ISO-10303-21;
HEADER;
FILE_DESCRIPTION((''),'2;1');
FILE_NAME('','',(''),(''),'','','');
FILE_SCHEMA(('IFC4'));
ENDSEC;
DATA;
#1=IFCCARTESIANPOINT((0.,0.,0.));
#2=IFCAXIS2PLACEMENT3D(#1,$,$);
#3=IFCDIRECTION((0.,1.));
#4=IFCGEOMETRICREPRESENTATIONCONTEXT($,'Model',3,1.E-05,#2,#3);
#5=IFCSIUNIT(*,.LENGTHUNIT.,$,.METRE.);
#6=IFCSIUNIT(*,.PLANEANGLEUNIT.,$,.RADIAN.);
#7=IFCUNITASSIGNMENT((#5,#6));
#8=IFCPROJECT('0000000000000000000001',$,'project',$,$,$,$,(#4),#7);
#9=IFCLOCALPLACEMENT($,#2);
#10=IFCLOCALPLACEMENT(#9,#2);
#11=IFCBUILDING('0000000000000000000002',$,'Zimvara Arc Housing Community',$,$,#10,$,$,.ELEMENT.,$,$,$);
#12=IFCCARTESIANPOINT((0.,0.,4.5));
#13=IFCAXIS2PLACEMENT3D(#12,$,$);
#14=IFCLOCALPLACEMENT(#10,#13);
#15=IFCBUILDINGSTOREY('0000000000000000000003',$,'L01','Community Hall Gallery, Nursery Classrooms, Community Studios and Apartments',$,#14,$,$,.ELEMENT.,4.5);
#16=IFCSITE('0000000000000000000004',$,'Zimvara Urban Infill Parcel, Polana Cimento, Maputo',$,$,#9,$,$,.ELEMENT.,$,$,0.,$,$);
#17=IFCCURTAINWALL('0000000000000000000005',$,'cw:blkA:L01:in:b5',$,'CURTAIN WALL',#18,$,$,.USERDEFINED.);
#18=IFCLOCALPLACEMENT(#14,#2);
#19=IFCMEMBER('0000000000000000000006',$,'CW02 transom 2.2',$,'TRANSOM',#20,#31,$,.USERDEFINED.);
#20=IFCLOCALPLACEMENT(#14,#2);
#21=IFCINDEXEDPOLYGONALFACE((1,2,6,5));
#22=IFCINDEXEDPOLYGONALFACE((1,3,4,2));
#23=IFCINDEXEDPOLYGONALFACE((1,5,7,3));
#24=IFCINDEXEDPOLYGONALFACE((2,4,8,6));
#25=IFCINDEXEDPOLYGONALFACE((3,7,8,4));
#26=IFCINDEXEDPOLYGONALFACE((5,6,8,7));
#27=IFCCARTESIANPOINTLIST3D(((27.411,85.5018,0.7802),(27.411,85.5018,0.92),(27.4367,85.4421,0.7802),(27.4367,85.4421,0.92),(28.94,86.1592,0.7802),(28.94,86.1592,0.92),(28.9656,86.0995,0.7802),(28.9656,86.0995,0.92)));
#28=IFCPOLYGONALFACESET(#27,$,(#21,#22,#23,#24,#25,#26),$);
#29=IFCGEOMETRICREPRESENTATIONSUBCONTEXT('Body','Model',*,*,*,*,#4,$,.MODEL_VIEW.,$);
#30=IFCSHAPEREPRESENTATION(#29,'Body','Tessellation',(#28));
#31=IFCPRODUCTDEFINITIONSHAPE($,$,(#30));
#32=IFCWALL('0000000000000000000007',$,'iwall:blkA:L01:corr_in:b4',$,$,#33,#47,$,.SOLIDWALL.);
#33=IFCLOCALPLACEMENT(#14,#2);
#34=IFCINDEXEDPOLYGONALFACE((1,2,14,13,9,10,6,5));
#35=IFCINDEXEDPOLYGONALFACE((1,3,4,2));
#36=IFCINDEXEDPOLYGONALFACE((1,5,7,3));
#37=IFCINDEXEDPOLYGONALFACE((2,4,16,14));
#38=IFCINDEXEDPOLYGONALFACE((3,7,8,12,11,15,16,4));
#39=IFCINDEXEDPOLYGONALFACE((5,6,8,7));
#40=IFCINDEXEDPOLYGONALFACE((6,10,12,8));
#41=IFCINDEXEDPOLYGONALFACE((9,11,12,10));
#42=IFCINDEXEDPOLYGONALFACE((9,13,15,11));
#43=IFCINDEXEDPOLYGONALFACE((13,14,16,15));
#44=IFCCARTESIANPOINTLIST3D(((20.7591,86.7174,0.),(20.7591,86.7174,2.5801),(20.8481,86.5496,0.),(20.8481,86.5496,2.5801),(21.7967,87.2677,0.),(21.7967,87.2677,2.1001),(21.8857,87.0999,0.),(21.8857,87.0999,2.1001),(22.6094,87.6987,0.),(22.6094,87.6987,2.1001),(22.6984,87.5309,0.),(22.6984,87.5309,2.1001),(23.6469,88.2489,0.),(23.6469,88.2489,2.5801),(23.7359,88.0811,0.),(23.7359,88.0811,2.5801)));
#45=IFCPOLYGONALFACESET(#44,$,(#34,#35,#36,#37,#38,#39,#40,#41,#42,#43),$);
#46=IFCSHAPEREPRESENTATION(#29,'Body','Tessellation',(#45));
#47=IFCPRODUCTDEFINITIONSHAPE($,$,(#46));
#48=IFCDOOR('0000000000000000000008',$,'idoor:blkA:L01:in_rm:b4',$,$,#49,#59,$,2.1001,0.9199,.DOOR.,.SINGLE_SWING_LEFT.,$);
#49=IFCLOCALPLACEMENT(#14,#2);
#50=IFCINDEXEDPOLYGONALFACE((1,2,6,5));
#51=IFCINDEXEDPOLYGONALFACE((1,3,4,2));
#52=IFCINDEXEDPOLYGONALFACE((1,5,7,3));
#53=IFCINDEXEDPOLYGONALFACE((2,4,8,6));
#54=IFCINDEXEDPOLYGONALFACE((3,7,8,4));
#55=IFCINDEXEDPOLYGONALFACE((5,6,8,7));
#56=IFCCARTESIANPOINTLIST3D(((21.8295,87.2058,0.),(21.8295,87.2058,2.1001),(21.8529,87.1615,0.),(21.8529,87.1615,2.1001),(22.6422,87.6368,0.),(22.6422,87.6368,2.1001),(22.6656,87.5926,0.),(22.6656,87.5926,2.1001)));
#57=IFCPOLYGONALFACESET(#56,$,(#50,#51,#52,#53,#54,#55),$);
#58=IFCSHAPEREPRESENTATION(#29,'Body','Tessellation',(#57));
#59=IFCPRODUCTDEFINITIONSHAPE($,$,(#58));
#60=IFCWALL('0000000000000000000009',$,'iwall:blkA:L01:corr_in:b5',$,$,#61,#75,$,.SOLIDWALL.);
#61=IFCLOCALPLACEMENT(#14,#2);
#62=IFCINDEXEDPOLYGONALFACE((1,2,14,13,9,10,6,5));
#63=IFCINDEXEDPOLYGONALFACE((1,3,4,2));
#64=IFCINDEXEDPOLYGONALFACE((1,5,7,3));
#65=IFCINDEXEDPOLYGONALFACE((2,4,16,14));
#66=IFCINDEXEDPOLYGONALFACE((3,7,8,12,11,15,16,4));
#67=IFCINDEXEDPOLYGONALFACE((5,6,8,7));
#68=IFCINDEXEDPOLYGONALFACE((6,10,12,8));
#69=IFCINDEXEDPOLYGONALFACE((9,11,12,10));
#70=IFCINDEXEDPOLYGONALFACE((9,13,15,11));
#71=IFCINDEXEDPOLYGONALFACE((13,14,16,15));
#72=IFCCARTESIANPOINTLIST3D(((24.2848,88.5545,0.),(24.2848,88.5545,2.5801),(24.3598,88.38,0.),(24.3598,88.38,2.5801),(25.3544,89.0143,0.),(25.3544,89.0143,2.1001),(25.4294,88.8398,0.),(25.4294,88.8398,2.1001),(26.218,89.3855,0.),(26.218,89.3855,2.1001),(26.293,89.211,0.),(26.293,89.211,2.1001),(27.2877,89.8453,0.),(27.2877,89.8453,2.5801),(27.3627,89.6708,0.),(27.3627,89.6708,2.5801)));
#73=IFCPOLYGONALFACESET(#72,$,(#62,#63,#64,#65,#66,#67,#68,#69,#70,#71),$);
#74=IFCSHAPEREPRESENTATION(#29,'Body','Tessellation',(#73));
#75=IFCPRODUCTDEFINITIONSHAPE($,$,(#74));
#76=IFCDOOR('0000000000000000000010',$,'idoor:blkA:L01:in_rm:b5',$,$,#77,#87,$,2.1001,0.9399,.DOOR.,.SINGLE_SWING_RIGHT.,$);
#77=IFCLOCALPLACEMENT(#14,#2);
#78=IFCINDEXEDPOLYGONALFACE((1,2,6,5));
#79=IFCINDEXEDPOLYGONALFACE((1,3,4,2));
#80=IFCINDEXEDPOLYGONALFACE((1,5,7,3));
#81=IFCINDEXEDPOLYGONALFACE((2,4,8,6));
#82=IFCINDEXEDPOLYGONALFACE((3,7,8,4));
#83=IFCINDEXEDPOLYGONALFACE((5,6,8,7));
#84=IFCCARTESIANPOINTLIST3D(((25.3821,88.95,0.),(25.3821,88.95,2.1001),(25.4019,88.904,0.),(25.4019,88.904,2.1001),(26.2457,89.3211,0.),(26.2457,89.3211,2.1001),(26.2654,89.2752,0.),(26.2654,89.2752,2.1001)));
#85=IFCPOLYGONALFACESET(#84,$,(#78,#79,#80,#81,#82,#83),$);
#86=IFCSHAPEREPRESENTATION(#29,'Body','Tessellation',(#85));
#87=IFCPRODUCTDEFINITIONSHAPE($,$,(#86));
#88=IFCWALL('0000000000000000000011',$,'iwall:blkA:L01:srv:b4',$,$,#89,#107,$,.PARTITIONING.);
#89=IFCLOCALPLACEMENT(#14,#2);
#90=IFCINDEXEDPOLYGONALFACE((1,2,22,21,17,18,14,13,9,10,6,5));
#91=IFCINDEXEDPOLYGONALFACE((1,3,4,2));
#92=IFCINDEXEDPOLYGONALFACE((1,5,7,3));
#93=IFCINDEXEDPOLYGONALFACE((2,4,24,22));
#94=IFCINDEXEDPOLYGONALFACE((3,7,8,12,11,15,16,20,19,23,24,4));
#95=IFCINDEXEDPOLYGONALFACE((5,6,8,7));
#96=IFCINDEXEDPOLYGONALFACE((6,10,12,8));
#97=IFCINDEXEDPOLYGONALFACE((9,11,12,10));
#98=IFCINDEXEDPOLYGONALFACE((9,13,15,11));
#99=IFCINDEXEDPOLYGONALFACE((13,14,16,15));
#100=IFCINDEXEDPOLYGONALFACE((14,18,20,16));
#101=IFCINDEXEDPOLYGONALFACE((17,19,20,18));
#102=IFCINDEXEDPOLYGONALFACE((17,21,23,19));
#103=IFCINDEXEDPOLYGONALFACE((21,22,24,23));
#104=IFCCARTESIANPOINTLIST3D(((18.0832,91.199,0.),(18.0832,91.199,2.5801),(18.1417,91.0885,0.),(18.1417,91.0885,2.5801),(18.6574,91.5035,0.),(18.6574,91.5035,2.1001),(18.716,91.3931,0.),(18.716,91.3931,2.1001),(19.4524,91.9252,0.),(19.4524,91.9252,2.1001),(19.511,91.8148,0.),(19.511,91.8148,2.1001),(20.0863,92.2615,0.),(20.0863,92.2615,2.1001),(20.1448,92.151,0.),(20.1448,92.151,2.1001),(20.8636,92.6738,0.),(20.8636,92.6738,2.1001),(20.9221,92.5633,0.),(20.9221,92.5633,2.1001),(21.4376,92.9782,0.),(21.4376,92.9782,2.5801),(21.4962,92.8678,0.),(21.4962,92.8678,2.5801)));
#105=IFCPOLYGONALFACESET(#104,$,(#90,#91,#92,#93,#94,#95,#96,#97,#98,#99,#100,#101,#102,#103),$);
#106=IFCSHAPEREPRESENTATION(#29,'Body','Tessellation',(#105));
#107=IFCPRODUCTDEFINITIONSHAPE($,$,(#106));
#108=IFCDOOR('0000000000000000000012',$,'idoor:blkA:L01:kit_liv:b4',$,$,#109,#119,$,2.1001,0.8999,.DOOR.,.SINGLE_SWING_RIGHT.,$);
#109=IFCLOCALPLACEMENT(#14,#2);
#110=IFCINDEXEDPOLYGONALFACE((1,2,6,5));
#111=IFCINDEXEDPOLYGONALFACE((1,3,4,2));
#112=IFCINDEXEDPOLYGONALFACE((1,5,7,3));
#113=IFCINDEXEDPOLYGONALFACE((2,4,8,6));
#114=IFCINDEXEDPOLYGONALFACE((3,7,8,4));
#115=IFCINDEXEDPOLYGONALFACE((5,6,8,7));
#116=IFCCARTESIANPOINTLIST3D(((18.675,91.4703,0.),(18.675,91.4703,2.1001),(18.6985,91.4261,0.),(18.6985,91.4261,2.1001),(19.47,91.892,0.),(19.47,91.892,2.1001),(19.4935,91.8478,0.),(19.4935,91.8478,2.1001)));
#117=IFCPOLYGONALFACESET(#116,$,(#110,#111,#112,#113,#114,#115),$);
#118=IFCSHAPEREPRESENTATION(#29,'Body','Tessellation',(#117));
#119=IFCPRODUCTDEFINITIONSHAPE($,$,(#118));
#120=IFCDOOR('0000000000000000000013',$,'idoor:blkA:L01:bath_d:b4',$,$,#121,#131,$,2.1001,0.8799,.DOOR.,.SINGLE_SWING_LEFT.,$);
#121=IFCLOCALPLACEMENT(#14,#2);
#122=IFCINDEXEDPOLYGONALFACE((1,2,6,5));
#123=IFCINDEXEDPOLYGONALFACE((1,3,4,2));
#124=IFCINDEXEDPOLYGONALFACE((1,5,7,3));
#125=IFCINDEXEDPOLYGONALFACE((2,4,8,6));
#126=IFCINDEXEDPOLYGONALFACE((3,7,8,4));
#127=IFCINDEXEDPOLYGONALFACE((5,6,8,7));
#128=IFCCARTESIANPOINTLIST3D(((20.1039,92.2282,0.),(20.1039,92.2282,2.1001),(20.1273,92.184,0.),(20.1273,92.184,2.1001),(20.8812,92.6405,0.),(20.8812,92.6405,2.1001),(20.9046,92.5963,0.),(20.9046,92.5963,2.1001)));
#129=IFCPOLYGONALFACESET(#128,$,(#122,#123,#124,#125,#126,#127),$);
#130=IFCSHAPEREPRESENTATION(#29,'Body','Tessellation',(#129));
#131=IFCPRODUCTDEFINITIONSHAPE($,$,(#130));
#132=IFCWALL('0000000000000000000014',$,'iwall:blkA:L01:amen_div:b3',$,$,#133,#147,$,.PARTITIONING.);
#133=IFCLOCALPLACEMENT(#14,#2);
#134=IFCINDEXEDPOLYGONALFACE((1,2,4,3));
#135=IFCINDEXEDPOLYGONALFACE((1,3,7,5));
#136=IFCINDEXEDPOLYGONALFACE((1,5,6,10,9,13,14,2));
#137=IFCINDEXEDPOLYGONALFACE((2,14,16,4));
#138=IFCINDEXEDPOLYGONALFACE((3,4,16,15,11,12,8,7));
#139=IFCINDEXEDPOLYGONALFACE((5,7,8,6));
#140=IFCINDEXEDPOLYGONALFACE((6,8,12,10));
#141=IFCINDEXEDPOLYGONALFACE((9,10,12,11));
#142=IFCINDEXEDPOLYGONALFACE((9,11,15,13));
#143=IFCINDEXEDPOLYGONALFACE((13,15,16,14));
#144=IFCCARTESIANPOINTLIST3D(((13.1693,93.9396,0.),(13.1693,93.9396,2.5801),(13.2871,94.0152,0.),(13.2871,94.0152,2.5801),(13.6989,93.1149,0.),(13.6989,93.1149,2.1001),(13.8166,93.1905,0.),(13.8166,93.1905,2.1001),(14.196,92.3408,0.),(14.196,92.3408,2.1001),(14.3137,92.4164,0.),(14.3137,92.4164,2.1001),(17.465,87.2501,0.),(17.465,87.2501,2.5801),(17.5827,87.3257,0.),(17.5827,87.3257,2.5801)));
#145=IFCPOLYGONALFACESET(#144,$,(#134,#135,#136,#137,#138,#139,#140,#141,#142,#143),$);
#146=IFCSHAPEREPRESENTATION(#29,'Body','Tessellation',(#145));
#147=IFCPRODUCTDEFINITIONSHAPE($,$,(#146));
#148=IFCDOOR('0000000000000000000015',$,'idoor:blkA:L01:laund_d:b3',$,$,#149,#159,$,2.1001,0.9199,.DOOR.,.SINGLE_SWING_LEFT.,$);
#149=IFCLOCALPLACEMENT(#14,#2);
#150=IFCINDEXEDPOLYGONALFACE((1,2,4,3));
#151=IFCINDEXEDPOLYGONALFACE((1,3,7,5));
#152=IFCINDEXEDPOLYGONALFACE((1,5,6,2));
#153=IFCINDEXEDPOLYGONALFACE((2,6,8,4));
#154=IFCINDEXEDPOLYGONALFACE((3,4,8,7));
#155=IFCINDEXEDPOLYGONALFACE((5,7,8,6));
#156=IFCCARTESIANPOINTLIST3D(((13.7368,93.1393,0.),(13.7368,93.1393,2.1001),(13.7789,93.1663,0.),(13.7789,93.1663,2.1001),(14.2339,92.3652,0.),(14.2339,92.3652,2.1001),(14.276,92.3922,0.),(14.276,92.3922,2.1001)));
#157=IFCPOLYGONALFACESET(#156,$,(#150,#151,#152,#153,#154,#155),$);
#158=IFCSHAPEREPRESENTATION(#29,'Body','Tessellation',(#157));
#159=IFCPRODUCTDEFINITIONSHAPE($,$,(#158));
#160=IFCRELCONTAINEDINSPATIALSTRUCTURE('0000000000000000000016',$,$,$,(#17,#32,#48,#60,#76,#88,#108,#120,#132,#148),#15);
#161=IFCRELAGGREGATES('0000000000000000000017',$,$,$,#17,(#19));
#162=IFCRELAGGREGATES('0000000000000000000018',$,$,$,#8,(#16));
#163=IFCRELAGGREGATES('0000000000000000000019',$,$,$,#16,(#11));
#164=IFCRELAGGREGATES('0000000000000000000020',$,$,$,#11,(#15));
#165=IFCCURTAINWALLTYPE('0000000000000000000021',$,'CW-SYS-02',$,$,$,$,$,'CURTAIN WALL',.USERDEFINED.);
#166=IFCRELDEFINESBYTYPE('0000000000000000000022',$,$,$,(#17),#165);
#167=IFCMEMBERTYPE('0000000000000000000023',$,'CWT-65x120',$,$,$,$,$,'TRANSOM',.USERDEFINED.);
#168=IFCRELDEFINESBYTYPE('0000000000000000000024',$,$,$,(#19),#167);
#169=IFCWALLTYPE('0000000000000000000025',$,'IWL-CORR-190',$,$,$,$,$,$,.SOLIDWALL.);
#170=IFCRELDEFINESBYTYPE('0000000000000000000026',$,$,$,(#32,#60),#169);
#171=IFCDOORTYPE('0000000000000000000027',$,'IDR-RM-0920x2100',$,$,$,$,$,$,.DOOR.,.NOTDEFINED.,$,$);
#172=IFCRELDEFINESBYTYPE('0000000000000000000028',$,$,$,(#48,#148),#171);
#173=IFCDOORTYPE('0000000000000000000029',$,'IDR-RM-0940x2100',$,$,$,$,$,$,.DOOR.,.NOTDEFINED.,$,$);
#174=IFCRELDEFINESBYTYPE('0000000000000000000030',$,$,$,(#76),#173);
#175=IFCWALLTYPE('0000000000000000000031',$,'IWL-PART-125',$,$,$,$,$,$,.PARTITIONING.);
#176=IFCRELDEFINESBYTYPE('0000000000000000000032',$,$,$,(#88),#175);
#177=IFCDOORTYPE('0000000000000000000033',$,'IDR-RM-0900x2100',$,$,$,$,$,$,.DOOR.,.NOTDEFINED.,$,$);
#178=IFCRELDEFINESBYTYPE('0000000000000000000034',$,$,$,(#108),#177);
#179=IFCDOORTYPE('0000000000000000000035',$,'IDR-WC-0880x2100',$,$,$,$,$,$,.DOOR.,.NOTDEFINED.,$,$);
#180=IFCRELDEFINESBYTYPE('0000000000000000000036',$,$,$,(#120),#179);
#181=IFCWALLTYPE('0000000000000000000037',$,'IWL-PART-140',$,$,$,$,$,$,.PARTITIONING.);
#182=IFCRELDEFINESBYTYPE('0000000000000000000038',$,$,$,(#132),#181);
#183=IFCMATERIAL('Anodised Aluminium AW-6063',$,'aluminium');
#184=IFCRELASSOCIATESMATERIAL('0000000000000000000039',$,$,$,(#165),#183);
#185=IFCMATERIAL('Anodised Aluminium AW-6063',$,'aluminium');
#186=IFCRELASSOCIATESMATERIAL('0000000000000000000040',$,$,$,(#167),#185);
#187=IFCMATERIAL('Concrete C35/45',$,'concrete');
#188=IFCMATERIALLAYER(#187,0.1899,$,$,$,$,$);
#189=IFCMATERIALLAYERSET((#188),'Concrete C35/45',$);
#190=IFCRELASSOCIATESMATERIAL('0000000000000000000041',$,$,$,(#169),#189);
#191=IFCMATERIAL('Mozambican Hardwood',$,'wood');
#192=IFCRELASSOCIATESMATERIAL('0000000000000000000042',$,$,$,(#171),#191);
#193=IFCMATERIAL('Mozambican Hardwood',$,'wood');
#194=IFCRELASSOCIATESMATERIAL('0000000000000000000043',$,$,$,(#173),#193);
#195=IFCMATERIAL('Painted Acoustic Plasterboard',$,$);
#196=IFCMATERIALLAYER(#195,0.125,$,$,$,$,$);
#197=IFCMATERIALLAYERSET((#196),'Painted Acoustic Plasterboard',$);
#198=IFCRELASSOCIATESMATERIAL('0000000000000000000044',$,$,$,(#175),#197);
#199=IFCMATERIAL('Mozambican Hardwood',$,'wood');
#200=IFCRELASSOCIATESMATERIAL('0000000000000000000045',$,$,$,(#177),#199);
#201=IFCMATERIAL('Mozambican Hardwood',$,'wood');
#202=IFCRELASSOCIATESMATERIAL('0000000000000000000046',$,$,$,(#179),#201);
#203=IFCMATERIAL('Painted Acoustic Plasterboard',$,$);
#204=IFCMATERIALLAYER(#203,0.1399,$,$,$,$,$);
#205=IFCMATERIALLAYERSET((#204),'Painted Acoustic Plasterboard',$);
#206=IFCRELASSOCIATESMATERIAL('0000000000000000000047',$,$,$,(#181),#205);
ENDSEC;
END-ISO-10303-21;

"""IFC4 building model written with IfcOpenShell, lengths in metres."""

from ifc_helpers import new_model, si_unit, direction, frame, frame_2d, origin, origin_2d, place, context, subcontext, project, spatial, rectangle, extrude, material, layer, layer_set, material_profile, profile_set, type_object, element, fill, aggregate, save


model = new_model("IFC4")

# Units and contexts
model_context = context("Model", 3, precision=1e-05, world=origin(), true_north=direction((0.0, 1.0)))
body_context = subcontext(model_context, "Body", "Model", "MODEL_VIEW")
ifc_project = project(units=[si_unit("LENGTHUNIT", "METRE"), si_unit("PLANEANGLEUNIT", "RADIAN")], contexts=[model_context])

# Site, building, storey
site_placement = place(None, origin())
site = spatial("IfcSite", under=ifc_project, at=site_placement, Name="Zimvara Urban Infill Parcel, Polana Cimento, Maputo", CompositionType="ELEMENT", RefElevation=0.0)
building_placement = place(site_placement, origin())
building = spatial("IfcBuilding", under=site, at=building_placement, Name="Zimvara Arc Housing Community", CompositionType="ELEMENT")
storey_placement = place(building_placement, frame((0.0, 0.0, 4.5)))
storey = spatial("IfcBuildingStorey", under=building, at=storey_placement, Name="L01", Description="Community Hall Gallery, Nursery Classrooms, Community Studios and Apartments", CompositionType="ELEMENT", Elevation=4.5)

# Curtain wall, member
ifc_material_1 = material(Name="Anodised Aluminium AW-6063", Category="aluminium")
curtain_wall_type = type_object("IfcCurtainWallType", Name="CW-SYS-02", ElementType="CURTAIN WALL", PredefinedType="USERDEFINED", material=ifc_material_1)
curtain_wall_placement = place(storey_placement, origin())
curtain_wall = element("IfcCurtainWall", 1, at=curtain_wall_placement, inside=storey, type_object=curtain_wall_type, Name="cw:blkA:L01:in:b5", ObjectType="CURTAIN WALL", PredefinedType="USERDEFINED")
ifc_material_2 = material(Name="Anodised Aluminium AW-6063", Category="aluminium")
ifc_material_profile_1 = material_profile(ifc_material_2, rectangle(XDim=0.0649, YDim=0.1399, at=origin_2d()), Name="ALU 65x140")
ifc_profile_set_1 = profile_set([ifc_material_profile_1], Name="Anodised Aluminium AW-6063")
member_type_1 = type_object("IfcMemberType", Name="CWT-65x120", ElementType="TRANSOM", PredefinedType="USERDEFINED", material=ifc_profile_set_1)
member_1_placement = place(storey_placement, frame((27.4238, 85.4719, 0.8501), z_axis=(0.918674, 0.395017, 0.0), x_axis=(-0.395017, 0.918674, 0.0)))
member_1 = element("IfcMember", 2, at=member_1_placement, type_object=member_type_1, Name="CW02 transom 2.2", ObjectType="TRANSOM", PredefinedType="USERDEFINED", context=body_context, shape_type="SweptSolid", body=[
    extrude(rectangle(XDim=0.0649, YDim=0.1399, at=origin_2d()), origin(), (0.0, 0.0, 1.0), 1.6643),
])
aggregate(curtain_wall, [member_1])

# Walls, openings, doors
ifc_material_3 = material(Name="Concrete C35/45", Category="concrete")
ifc_layer_1 = layer(ifc_material_3, 0.1899)
ifc_layer_set_1 = layer_set([ifc_layer_1], Name="Concrete C35/45")
wall_type_1 = type_object("IfcWallType", Name="IWL-CORR-190", PredefinedType="SOLIDWALL", material=ifc_layer_set_1)
wall_1_placement = place(storey_placement, frame((20.8037, 86.6335, 0.0), z_axis=(0.0, 0.0, 1.0), x_axis=(0.883444, 0.468536, 0.0)))
wall_1 = element("IfcWall", 3, at=wall_1_placement, inside=storey, type_object=wall_type_1, Name="iwall:blkA:L01:corr_in:b4", PredefinedType="SOLIDWALL", context=body_context, shape_type="SweptSolid", body=[
    extrude(rectangle(XDim=3.2688, YDim=0.1899, at=frame_2d((1.6343, 0.0))), origin(), (0.0, 0.0, 1.0), 2.5801),
])
opening_1_placement = place(wall_1_placement, frame((1.1743, 0.0, 0.0)))
opening_1 = element("IfcOpeningElement", 4, at=opening_1_placement, cuts=wall_1, PredefinedType="OPENING", context=body_context, shape_type="SweptSolid", body=[
    extrude(rectangle(XDim=0.9199, YDim=2.1001, at=frame_2d((0.46, 1.05))), frame((0.0, 0.105, 0.0), z_axis=(0.0, -1.0, 0.0), x_axis=(1.0, 0.0, 0.0)), (0.0, 0.0, 1.0), 0.21),
])
ifc_material_4 = material(Name="Mozambican Hardwood", Category="wood")
door_type_1 = type_object("IfcDoorType", Name="IDR-RM-0920x2100", OperationType="NOTDEFINED", PredefinedType="DOOR", material=ifc_material_4)
door_1_placement = place(opening_1_placement, origin())
door_1 = element("IfcDoor", 5, at=door_1_placement, inside=storey, type_object=door_type_1, Name="idoor:blkA:L01:in_rm:b4", OperationType="SINGLE_SWING_LEFT", OverallHeight=2.1001, OverallWidth=0.9199, PredefinedType="DOOR", context=body_context, shape_type="SweptSolid", body=[
    extrude(rectangle(XDim=0.9199, YDim=2.1001, at=frame_2d((0.46, 1.05))), frame((0.0, 0.0249, 0.0), z_axis=(0.0, -1.0, 0.0), x_axis=(1.0, 0.0, 0.0)), (0.0, 0.0, 1.0), 0.05),
])
fill(opening_1, door_1)
wall_2_placement = place(storey_placement, frame((24.3223, 88.4673, 0.0), z_axis=(0.0, 0.0, 1.0), x_axis=(0.918723, 0.394902, 0.0)))
wall_2 = element("IfcWall", 6, at=wall_2_placement, inside=storey, type_object=wall_type_1, Name="iwall:blkA:L01:corr_in:b5", PredefinedType="SOLIDWALL", context=body_context, shape_type="SweptSolid", body=[
    extrude(rectangle(XDim=3.2686, YDim=0.1899, at=frame_2d((1.6343, 0.0))), origin(), (0.0, 0.0, 1.0), 2.5801),
])
opening_2_placement = place(wall_2_placement, frame((1.1643, 0.0, 0.0)))
opening_2 = element("IfcOpeningElement", 7, at=opening_2_placement, cuts=wall_2, PredefinedType="OPENING", context=body_context, shape_type="SweptSolid", body=[
    extrude(rectangle(XDim=0.9399, YDim=2.1001, at=frame_2d((0.47, 1.05))), frame((0.0, 0.105, 0.0), z_axis=(0.0, -1.0, 0.0), x_axis=(1.0, 0.0, 0.0)), (0.0, 0.0, 1.0), 0.21),
])
ifc_material_5 = material(Name="Mozambican Hardwood", Category="wood")
door_type_2 = type_object("IfcDoorType", Name="IDR-RM-0940x2100", OperationType="NOTDEFINED", PredefinedType="DOOR", material=ifc_material_5)
door_2_placement = place(opening_2_placement, origin())
door_2 = element("IfcDoor", 8, at=door_2_placement, inside=storey, type_object=door_type_2, Name="idoor:blkA:L01:in_rm:b5", OperationType="SINGLE_SWING_RIGHT", OverallHeight=2.1001, OverallWidth=0.9399, PredefinedType="DOOR", context=body_context, shape_type="SweptSolid", body=[
    extrude(rectangle(XDim=0.9399, YDim=2.1001, at=frame_2d((0.47, 1.05))), frame((0.0, 0.0249, 0.0), z_axis=(0.0, -1.0, 0.0), x_axis=(1.0, 0.0, 0.0)), (0.0, 0.0, 1.0), 0.05),
])
fill(opening_2, door_2)

# Wall, openings, doors
ifc_material_6 = material(Name="Painted Acoustic Plasterboard")
ifc_layer_2 = layer(ifc_material_6, 0.125)
ifc_layer_set_2 = layer_set([ifc_layer_2], Name="Painted Acoustic Plasterboard")
wall_type_2 = type_object("IfcWallType", Name="IWL-PART-125", PredefinedType="PARTITIONING", material=ifc_layer_set_2)
wall_3_placement = place(storey_placement, frame((18.1125, 91.1438, 0.0), z_axis=(0.0, 0.0, 1.0), x_axis=(0.883419, 0.468585, 0.0)))
wall_3 = element("IfcWall", 9, at=wall_3_placement, inside=storey, type_object=wall_type_2, Name="iwall:blkA:L01:srv:b4", PredefinedType="PARTITIONING", context=body_context, shape_type="SweptSolid", body=[
    extrude(rectangle(XDim=3.7971, YDim=0.125, at=frame_2d((1.8984, 0.0))), origin(), (0.0, 0.0, 1.0), 2.5801),
])
opening_3_placement = place(wall_3_placement, frame((0.6499, 0.0, 0.0)))
opening_3 = element("IfcOpeningElement", 10, at=opening_3_placement, cuts=wall_3, PredefinedType="OPENING", context=body_context, shape_type="SweptSolid", body=[
    extrude(rectangle(XDim=0.8999, YDim=2.1001, at=frame_2d((0.45, 1.05))), frame((0.0, 0.0725, 0.0), z_axis=(0.0, -1.0, 0.0), x_axis=(1.0, 0.0, 0.0)), (0.0, 0.0, 1.0), 0.145),
])
opening_4_placement = place(wall_3_placement, frame((2.2673, 0.0, 0.0)))
opening_4 = element("IfcOpeningElement", 11, at=opening_4_placement, cuts=wall_3, PredefinedType="OPENING", context=body_context, shape_type="SweptSolid", body=[
    extrude(rectangle(XDim=0.8799, YDim=2.1001, at=frame_2d((0.4399, 1.05))), frame((0.0, 0.0725, 0.0), z_axis=(0.0, -1.0, 0.0), x_axis=(1.0, 0.0, 0.0)), (0.0, 0.0, 1.0), 0.145),
])
ifc_material_7 = material(Name="Mozambican Hardwood", Category="wood")
door_type_3 = type_object("IfcDoorType", Name="IDR-RM-0900x2100", OperationType="NOTDEFINED", PredefinedType="DOOR", material=ifc_material_7)
door_3_placement = place(opening_3_placement, origin())
door_3 = element("IfcDoor", 12, at=door_3_placement, inside=storey, type_object=door_type_3, Name="idoor:blkA:L01:kit_liv:b4", OperationType="SINGLE_SWING_RIGHT", OverallHeight=2.1001, OverallWidth=0.8999, PredefinedType="DOOR", context=body_context, shape_type="SweptSolid", body=[
    extrude(rectangle(XDim=0.8999, YDim=2.1001, at=frame_2d((0.45, 1.05))), frame((0.0, 0.0249, 0.0), z_axis=(0.0, -1.0, 0.0), x_axis=(1.0, 0.0, 0.0)), (0.0, 0.0, 1.0), 0.05),
])
fill(opening_3, door_3)
ifc_material_8 = material(Name="Mozambican Hardwood", Category="wood")
door_type_4 = type_object("IfcDoorType", Name="IDR-WC-0880x2100", OperationType="NOTDEFINED", PredefinedType="DOOR", material=ifc_material_8)
door_4_placement = place(opening_4_placement, origin())
door_4 = element("IfcDoor", 13, at=door_4_placement, inside=storey, type_object=door_type_4, Name="idoor:blkA:L01:bath_d:b4", OperationType="SINGLE_SWING_LEFT", OverallHeight=2.1001, OverallWidth=0.8799, PredefinedType="DOOR", context=body_context, shape_type="SweptSolid", body=[
    extrude(rectangle(XDim=0.8799, YDim=2.1001, at=frame_2d((0.4399, 1.05))), frame((0.0, 0.0249, 0.0), z_axis=(0.0, -1.0, 0.0), x_axis=(1.0, 0.0, 0.0)), (0.0, 0.0, 1.0), 0.05),
])
fill(opening_4, door_4)

# Wall, opening, door
ifc_material_9 = material(Name="Painted Acoustic Plasterboard")
ifc_layer_3 = layer(ifc_material_9, 0.1399)
ifc_layer_set_3 = layer_set([ifc_layer_3], Name="Painted Acoustic Plasterboard")
wall_type_3 = type_object("IfcWallType", Name="IWL-PART-140", PredefinedType="PARTITIONING", material=ifc_layer_set_3)
wall_4_placement = place(storey_placement, frame((17.5239, 87.2878, 0.0), z_axis=(0.0, 0.0, 1.0), x_axis=(-0.540338, 0.841448, 0.0)))
wall_4 = element("IfcWall", 14, at=wall_4_placement, inside=storey, type_object=wall_type_3, Name="iwall:blkA:L01:amen_div:b3", PredefinedType="PARTITIONING", context=body_context, shape_type="SweptSolid", body=[
    extrude(rectangle(XDim=7.95, YDim=0.1399, at=frame_2d((3.9751, 0.0))), origin(), (0.0, 0.0, 1.0), 2.5801),
])
opening_5_placement = place(wall_4_placement, frame((6.05, 0.0, 0.0)))
opening_5 = element("IfcOpeningElement", 15, at=opening_5_placement, cuts=wall_4, PredefinedType="OPENING", context=body_context, shape_type="SweptSolid", body=[
    extrude(rectangle(XDim=0.9199, YDim=2.1001, at=frame_2d((0.46, 1.05))), frame((0.0, 0.0798, 0.0), z_axis=(0.0, -1.0, 0.0), x_axis=(1.0, 0.0, 0.0)), (0.0, 0.0, 1.0), 0.1599),
])
door_5_placement = place(opening_5_placement, origin())
door_5 = element("IfcDoor", 16, at=door_5_placement, inside=storey, type_object=door_type_1, Name="idoor:blkA:L01:laund_d:b3", OperationType="SINGLE_SWING_LEFT", OverallHeight=2.1001, OverallWidth=0.9199, PredefinedType="DOOR", context=body_context, shape_type="SweptSolid", body=[
    extrude(rectangle(XDim=0.9199, YDim=2.1001, at=frame_2d((0.46, 1.05))), frame((0.0, 0.0249, 0.0), z_axis=(0.0, -1.0, 0.0), x_axis=(1.0, 0.0, 0.0)), (0.0, 0.0, 1.0), 0.05),
])
fill(opening_5, door_5)

save(model, "model.ifc")
